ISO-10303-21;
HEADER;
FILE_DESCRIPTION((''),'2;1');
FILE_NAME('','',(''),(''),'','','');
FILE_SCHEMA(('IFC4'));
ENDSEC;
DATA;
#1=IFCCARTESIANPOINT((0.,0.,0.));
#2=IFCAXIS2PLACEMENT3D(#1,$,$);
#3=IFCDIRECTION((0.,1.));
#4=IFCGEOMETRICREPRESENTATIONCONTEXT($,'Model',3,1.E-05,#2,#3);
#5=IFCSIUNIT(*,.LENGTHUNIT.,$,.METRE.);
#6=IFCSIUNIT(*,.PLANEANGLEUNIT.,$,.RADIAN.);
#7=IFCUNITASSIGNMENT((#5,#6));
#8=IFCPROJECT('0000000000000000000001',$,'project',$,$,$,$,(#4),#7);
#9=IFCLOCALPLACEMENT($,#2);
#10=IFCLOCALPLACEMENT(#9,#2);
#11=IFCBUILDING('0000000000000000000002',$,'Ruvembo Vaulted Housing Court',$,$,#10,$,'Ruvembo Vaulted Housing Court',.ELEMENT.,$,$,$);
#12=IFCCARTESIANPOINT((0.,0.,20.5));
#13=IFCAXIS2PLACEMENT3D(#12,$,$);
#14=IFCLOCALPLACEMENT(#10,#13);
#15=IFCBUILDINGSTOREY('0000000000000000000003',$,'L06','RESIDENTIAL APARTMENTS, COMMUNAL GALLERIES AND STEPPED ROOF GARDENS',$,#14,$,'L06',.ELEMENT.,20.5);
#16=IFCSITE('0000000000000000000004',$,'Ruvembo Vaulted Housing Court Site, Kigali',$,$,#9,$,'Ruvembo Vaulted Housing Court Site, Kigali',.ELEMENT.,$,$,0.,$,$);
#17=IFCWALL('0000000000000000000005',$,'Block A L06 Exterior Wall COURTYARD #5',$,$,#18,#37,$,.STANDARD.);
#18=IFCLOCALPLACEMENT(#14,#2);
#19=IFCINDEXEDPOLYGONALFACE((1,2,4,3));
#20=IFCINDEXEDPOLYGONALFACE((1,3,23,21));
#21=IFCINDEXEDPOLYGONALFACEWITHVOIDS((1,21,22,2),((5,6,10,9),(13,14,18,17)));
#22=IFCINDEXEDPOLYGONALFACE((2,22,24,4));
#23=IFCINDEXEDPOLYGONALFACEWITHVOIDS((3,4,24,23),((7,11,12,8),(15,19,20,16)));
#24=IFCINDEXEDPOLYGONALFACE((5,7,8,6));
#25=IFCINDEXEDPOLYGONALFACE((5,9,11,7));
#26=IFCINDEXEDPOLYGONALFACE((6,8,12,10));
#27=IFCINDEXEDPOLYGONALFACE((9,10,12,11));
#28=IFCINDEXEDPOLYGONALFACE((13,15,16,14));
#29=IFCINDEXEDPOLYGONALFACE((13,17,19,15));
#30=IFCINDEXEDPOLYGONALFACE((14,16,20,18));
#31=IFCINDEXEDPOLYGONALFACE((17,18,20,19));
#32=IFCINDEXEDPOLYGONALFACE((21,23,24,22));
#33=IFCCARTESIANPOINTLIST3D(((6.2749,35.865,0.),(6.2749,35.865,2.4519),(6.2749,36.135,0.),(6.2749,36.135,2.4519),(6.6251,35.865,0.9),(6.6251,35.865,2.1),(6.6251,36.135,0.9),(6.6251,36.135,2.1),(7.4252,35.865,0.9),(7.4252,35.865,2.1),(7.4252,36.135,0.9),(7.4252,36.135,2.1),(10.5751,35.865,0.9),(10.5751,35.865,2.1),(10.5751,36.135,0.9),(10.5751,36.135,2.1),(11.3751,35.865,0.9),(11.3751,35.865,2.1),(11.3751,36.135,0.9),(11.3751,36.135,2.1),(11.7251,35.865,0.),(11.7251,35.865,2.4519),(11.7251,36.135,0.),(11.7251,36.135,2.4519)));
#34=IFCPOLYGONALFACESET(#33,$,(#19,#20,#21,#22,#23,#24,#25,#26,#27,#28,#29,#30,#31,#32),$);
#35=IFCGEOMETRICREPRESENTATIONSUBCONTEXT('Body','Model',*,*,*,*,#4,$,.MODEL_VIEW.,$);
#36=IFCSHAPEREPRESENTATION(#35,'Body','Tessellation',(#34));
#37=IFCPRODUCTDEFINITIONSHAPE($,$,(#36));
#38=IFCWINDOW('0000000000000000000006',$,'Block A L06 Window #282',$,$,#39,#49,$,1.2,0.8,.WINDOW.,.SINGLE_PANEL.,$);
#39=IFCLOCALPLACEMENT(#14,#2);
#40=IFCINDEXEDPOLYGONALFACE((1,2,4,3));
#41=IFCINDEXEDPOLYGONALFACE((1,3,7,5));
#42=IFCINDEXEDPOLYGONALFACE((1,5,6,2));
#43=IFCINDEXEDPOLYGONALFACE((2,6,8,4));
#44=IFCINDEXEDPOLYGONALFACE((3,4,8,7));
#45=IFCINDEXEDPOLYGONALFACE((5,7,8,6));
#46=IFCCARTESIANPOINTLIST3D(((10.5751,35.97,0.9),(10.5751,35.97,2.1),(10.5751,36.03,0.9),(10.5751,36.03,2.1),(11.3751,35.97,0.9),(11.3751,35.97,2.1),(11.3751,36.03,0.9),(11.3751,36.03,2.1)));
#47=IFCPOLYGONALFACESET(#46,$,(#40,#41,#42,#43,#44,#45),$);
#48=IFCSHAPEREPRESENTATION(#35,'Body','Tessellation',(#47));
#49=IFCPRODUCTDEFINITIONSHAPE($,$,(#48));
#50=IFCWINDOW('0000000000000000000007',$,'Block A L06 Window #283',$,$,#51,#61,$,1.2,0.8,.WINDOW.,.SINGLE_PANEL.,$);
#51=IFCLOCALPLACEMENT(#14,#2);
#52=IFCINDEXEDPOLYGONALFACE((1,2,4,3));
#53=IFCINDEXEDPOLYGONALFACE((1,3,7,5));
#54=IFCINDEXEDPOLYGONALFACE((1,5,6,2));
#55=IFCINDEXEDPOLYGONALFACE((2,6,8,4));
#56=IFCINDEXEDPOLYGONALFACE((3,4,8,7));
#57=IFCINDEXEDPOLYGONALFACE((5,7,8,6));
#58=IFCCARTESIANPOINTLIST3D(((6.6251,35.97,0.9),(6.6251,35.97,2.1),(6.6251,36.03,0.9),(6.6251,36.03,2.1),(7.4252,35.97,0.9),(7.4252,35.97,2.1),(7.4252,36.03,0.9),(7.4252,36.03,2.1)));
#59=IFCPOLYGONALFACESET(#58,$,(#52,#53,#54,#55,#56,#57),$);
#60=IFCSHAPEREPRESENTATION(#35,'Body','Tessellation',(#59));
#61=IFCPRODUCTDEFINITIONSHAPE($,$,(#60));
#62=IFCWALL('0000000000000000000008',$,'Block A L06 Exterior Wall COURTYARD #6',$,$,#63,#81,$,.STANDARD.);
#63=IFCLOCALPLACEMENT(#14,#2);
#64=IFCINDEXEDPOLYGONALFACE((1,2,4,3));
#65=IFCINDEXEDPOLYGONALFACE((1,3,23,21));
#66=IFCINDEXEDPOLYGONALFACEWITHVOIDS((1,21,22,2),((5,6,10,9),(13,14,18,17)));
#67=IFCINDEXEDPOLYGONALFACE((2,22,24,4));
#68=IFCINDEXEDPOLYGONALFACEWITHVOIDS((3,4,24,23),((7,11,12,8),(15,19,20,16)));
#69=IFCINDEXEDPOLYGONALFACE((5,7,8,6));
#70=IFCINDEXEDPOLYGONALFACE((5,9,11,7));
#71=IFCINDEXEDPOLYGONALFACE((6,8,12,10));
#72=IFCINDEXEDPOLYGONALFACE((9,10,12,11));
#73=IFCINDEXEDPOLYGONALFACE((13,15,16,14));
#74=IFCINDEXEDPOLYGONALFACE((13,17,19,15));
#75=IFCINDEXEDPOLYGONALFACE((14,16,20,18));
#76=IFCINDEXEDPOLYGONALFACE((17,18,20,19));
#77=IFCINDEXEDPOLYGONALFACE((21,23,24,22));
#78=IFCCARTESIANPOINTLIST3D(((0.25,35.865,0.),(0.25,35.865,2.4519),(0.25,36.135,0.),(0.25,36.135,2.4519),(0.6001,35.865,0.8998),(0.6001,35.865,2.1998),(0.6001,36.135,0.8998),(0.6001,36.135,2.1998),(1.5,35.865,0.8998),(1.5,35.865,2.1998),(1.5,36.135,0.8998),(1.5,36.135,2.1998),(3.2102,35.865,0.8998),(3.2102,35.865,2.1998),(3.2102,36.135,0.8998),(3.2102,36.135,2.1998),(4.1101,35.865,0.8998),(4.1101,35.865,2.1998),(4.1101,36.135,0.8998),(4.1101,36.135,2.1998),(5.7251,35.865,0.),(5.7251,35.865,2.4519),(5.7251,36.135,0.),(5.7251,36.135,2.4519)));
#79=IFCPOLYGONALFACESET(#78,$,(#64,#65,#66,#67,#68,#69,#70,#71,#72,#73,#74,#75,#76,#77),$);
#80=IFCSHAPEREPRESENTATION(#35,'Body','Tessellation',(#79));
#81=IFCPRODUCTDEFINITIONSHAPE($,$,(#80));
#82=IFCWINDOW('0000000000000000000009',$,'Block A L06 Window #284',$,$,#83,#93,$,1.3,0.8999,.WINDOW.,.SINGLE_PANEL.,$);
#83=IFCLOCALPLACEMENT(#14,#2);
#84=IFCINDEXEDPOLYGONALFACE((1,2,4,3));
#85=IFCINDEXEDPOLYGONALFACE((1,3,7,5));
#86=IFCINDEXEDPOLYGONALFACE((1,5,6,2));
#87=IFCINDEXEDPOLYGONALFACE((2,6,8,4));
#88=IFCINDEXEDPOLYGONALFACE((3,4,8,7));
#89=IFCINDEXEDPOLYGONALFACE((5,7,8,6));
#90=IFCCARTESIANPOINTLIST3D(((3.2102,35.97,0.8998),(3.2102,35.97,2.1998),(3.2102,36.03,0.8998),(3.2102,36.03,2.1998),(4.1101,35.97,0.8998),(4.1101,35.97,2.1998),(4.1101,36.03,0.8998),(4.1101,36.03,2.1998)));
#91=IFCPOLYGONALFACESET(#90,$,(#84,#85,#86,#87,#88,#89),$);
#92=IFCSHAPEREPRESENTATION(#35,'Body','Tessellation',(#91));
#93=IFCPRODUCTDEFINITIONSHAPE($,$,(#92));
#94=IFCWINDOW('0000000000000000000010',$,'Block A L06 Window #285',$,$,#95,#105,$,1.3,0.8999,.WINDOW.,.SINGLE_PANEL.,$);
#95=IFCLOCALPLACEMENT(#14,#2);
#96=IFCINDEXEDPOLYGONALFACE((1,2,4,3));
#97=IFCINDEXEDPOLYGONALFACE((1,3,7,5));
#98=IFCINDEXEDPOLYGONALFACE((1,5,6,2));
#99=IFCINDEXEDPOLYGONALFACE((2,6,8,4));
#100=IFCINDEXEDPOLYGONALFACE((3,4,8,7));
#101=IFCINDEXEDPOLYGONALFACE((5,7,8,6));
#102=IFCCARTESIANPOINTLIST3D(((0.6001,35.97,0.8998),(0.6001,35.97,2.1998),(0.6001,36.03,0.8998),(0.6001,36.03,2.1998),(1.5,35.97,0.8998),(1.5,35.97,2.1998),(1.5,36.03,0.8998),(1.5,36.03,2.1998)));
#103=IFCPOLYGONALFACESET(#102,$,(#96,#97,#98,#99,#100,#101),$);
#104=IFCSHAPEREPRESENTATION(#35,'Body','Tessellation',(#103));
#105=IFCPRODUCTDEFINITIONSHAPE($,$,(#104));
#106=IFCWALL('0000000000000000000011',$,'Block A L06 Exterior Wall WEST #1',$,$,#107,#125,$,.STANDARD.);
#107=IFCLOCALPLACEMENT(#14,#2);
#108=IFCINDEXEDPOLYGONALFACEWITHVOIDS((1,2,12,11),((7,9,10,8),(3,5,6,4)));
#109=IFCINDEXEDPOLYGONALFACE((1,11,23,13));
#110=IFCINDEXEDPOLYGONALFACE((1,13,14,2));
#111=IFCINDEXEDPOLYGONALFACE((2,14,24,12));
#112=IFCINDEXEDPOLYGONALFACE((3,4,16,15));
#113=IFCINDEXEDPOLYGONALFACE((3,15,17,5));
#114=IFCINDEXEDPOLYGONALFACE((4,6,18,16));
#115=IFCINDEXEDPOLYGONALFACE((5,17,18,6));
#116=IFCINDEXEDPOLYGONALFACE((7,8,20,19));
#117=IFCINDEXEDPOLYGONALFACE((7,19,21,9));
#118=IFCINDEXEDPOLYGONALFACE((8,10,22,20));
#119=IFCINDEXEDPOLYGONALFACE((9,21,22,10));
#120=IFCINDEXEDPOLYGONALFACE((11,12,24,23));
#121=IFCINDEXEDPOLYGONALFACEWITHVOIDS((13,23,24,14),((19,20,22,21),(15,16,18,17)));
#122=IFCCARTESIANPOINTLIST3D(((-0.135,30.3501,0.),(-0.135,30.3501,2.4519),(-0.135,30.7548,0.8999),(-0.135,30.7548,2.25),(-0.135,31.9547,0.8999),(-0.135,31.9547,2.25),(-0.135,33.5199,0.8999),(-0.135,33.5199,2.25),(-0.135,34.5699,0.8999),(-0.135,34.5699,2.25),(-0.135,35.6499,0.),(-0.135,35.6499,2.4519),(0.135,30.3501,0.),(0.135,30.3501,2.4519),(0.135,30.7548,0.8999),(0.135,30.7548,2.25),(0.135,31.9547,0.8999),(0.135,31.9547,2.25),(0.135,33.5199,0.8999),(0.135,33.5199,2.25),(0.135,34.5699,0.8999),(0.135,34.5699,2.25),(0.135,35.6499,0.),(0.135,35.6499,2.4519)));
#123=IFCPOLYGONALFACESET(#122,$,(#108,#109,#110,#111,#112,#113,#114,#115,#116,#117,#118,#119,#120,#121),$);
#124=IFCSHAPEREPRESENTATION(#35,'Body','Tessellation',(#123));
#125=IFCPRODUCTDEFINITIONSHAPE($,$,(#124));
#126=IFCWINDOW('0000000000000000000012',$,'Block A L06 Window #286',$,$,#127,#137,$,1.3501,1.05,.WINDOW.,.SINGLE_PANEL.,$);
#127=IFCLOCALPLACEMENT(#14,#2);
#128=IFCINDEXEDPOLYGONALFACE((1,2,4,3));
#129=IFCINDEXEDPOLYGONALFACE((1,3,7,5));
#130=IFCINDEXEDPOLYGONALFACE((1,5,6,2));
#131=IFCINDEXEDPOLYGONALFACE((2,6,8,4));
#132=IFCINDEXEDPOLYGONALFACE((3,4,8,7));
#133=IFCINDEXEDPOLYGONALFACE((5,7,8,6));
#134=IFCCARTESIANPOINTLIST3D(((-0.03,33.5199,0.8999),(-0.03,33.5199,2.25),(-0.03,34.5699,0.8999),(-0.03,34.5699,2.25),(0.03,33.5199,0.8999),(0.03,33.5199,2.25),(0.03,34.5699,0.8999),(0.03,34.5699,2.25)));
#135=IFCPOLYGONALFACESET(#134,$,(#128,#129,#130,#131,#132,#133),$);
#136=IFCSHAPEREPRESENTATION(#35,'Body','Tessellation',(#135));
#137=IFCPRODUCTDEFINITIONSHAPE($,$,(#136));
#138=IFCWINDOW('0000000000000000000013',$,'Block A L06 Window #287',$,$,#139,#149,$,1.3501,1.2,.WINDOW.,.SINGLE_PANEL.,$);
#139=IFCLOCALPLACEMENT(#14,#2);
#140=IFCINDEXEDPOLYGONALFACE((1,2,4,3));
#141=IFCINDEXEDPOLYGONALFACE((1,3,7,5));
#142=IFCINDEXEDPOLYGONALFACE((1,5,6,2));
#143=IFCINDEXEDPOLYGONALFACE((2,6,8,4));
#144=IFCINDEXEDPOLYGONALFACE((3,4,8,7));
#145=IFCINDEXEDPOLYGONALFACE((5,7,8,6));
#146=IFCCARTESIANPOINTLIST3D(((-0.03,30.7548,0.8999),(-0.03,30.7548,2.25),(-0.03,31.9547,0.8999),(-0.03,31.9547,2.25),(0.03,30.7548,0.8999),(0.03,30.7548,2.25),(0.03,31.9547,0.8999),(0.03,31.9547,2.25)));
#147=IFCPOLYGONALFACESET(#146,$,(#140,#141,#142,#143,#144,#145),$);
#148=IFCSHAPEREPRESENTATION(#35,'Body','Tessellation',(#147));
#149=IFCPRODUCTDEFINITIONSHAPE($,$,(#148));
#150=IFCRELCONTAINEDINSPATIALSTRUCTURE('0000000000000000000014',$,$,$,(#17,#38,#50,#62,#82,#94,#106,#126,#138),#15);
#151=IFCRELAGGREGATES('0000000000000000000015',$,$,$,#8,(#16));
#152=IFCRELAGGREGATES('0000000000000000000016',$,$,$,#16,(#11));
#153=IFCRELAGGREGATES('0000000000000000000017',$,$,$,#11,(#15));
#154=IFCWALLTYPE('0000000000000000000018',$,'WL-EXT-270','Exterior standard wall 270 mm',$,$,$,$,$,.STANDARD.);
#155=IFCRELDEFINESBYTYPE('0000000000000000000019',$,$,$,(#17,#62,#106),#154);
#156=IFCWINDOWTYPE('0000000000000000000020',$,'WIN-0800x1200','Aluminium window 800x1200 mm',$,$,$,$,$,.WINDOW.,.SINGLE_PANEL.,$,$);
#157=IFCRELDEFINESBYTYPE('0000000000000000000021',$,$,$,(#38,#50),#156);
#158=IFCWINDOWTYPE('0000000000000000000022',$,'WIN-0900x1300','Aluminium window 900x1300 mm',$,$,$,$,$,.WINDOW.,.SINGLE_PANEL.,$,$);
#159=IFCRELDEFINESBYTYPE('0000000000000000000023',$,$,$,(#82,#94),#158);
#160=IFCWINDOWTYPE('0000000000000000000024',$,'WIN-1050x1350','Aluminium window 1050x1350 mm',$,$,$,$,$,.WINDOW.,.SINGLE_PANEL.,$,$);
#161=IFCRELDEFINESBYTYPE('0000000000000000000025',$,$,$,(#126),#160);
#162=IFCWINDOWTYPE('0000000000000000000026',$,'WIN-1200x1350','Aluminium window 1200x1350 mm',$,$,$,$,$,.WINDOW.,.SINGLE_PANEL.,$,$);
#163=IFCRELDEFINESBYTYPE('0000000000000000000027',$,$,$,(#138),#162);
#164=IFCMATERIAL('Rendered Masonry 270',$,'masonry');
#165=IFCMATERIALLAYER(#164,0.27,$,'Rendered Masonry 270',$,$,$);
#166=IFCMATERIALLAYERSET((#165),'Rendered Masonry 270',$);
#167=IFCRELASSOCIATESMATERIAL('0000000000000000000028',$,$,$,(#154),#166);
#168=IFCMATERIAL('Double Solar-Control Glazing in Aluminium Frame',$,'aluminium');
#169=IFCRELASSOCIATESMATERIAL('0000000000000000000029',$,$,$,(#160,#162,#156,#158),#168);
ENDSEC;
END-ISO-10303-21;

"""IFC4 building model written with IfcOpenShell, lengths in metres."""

from ifc_helpers import new_model, si_unit, direction, frame, frame_2d, origin, place, context, subcontext, project, spatial, rectangle, extrude, material, layer, layer_set, type_object, element, fill, save


model = new_model("IFC4")

# Units and contexts
model_context = context("Model", 3, precision=1e-05, world=origin(), true_north=direction((0.0, 1.0)))
body_context = subcontext(model_context, "Body", "Model", "MODEL_VIEW")
ifc_project = project(units=[si_unit("LENGTHUNIT", "METRE"), si_unit("PLANEANGLEUNIT", "RADIAN")], contexts=[model_context])

# Site, building, storey
site_placement = place(None, origin())
site = spatial("IfcSite", under=ifc_project, at=site_placement, Name="Ruvembo Vaulted Housing Court Site, Kigali", LongName="Ruvembo Vaulted Housing Court Site, Kigali", CompositionType="ELEMENT", RefElevation=0.0)
building_placement = place(site_placement, origin())
building = spatial("IfcBuilding", under=site, at=building_placement, Name="Ruvembo Vaulted Housing Court", LongName="Ruvembo Vaulted Housing Court", CompositionType="ELEMENT")
storey_placement = place(building_placement, frame((0.0, 0.0, 20.5)))
storey = spatial("IfcBuildingStorey", under=building, at=storey_placement, Name="L06", Description="RESIDENTIAL APARTMENTS, COMMUNAL GALLERIES AND STEPPED ROOF GARDENS", LongName="L06", CompositionType="ELEMENT", Elevation=20.5)

# Walls, openings, windows
ifc_material_1 = material(Name="Rendered Masonry 270", Category="masonry")
ifc_layer_1 = layer(ifc_material_1, 0.27, Name="Rendered Masonry 270")
ifc_layer_set_1 = layer_set([ifc_layer_1], Name="Rendered Masonry 270")
wall_type_1 = type_object("IfcWallType", Name="WL-EXT-270", Description="Exterior standard wall 270 mm", PredefinedType="STANDARD", material=ifc_layer_set_1)
ifc_material_2 = material(Name="Double Solar-Control Glazing in Aluminium Frame", Category="aluminium")
window_type_1 = type_object("IfcWindowType", Name="WIN-1050x1350", Description="Aluminium window 1050x1350 mm", PartitioningType="SINGLE_PANEL", PredefinedType="WINDOW", material=ifc_material_2)
window_type_2 = type_object("IfcWindowType", Name="WIN-1200x1350", Description="Aluminium window 1200x1350 mm", PartitioningType="SINGLE_PANEL", PredefinedType="WINDOW", material=ifc_material_2)
wall_1_placement = place(storey_placement, frame((11.7251, 36.0, 0.0), z_axis=(0.0, 0.0, 1.0), x_axis=(-1.0, 0.0, 0.0)))
wall_1 = element("IfcWall", 1, at=wall_1_placement, inside=storey, type_object=wall_type_1, Name="Block A L06 Exterior Wall COURTYARD #5", PredefinedType="STANDARD", context=body_context, shape_type="SweptSolid", body=[
    extrude(rectangle(XDim=5.4502, YDim=0.27, at=frame_2d((2.7251, 0.0))), origin(), (0.0, 0.0, 1.0), 2.4519),
])
opening_1_placement = place(wall_1_placement, frame((0.3501, 0.0, 0.8999)))
opening_1 = element("IfcOpeningElement", 2, at=opening_1_placement, cuts=wall_1, PredefinedType="OPENING", context=body_context, shape_type="SweptSolid", body=[
    extrude(rectangle(XDim=0.8, YDim=1.2, at=frame_2d((0.3999, 0.6001))), frame((0.0, 0.145, 0.0), z_axis=(0.0, -1.0, 0.0), x_axis=(1.0, 0.0, 0.0)), (0.0, 0.0, 1.0), 0.29),
])
opening_2_placement = place(wall_1_placement, frame((4.3, 0.0, 0.8999)))
opening_2 = element("IfcOpeningElement", 3, at=opening_2_placement, cuts=wall_1, PredefinedType="OPENING", context=body_context, shape_type="SweptSolid", body=[
    extrude(rectangle(XDim=0.8, YDim=1.2, at=frame_2d((0.3999, 0.6001))), frame((0.0, 0.145, 0.0), z_axis=(0.0, -1.0, 0.0), x_axis=(1.0, 0.0, 0.0)), (0.0, 0.0, 1.0), 0.29),
])
window_type_3 = type_object("IfcWindowType", Name="WIN-0800x1200", Description="Aluminium window 800x1200 mm", PartitioningType="SINGLE_PANEL", PredefinedType="WINDOW", material=ifc_material_2)
window_1_placement = place(opening_1_placement, origin())
window_1 = element("IfcWindow", 4, at=window_1_placement, inside=storey, type_object=window_type_3, Name="Block A L06 Window #282", OverallHeight=1.2, OverallWidth=0.8, PartitioningType="SINGLE_PANEL", PredefinedType="WINDOW", context=body_context, shape_type="SweptSolid", body=[
    extrude(rectangle(XDim=0.8, YDim=1.2, at=frame_2d((0.3999, 0.6001))), frame((0.0, 0.03, 0.0), z_axis=(0.0, -1.0, 0.0), x_axis=(1.0, 0.0, 0.0)), (0.0, 0.0, 1.0), 0.0601),
])
fill(opening_1, window_1)
window_2_placement = place(opening_2_placement, origin())
window_2 = element("IfcWindow", 5, at=window_2_placement, inside=storey, type_object=window_type_3, Name="Block A L06 Window #283", OverallHeight=1.2, OverallWidth=0.8, PartitioningType="SINGLE_PANEL", PredefinedType="WINDOW", context=body_context, shape_type="SweptSolid", body=[
    extrude(rectangle(XDim=0.8, YDim=1.2, at=frame_2d((0.3999, 0.6001))), frame((0.0, 0.03, 0.0), z_axis=(0.0, -1.0, 0.0), x_axis=(1.0, 0.0, 0.0)), (0.0, 0.0, 1.0), 0.0601),
])
fill(opening_2, window_2)
wall_2_placement = place(storey_placement, frame((5.7251, 36.0, 0.0), z_axis=(0.0, 0.0, 1.0), x_axis=(-1.0, 0.0, 0.0)))
wall_2 = element("IfcWall", 6, at=wall_2_placement, inside=storey, type_object=wall_type_1, Name="Block A L06 Exterior Wall COURTYARD #6", PredefinedType="STANDARD", context=body_context, shape_type="SweptSolid", body=[
    extrude(rectangle(XDim=5.4751, YDim=0.27, at=frame_2d((2.7375, 0.0))), origin(), (0.0, 0.0, 1.0), 2.4519),
])
opening_3_placement = place(wall_2_placement, frame((1.615, 0.0, 0.8999)))
opening_3 = element("IfcOpeningElement", 7, at=opening_3_placement, cuts=wall_2, PredefinedType="OPENING", context=body_context, shape_type="SweptSolid", body=[
    extrude(rectangle(XDim=0.8999, YDim=1.3, at=frame_2d((0.45, 0.6499))), frame((0.0, 0.145, 0.0), z_axis=(0.0, -1.0, 0.0), x_axis=(1.0, 0.0, 0.0)), (0.0, 0.0, 1.0), 0.29),
])
opening_4_placement = place(wall_2_placement, frame((4.2251, 0.0, 0.8999)))
opening_4 = element("IfcOpeningElement", 8, at=opening_4_placement, cuts=wall_2, PredefinedType="OPENING", context=body_context, shape_type="SweptSolid", body=[
    extrude(rectangle(XDim=0.8999, YDim=1.3, at=frame_2d((0.45, 0.6499))), frame((0.0, 0.145, 0.0), z_axis=(0.0, -1.0, 0.0), x_axis=(1.0, 0.0, 0.0)), (0.0, 0.0, 1.0), 0.29),
])
window_type_4 = type_object("IfcWindowType", Name="WIN-0900x1300", Description="Aluminium window 900x1300 mm", PartitioningType="SINGLE_PANEL", PredefinedType="WINDOW", material=ifc_material_2)
window_3_placement = place(opening_3_placement, origin())
window_3 = element("IfcWindow", 9, at=window_3_placement, inside=storey, type_object=window_type_4, Name="Block A L06 Window #284", OverallHeight=1.3, OverallWidth=0.8999, PartitioningType="SINGLE_PANEL", PredefinedType="WINDOW", context=body_context, shape_type="SweptSolid", body=[
    extrude(rectangle(XDim=0.8999, YDim=1.3, at=frame_2d((0.45, 0.6499))), frame((0.0, 0.03, 0.0), z_axis=(0.0, -1.0, 0.0), x_axis=(1.0, 0.0, 0.0)), (0.0, 0.0, 1.0), 0.0601),
])
fill(opening_3, window_3)
window_4_placement = place(opening_4_placement, origin())
window_4 = element("IfcWindow", 10, at=window_4_placement, inside=storey, type_object=window_type_4, Name="Block A L06 Window #285", OverallHeight=1.3, OverallWidth=0.8999, PartitioningType="SINGLE_PANEL", PredefinedType="WINDOW", context=body_context, shape_type="SweptSolid", body=[
    extrude(rectangle(XDim=0.8999, YDim=1.3, at=frame_2d((0.45, 0.6499))), frame((0.0, 0.03, 0.0), z_axis=(0.0, -1.0, 0.0), x_axis=(1.0, 0.0, 0.0)), (0.0, 0.0, 1.0), 0.0601),
])
fill(opening_4, window_4)
wall_3_placement = place(storey_placement, frame((0.0, 35.6499, 0.0), z_axis=(0.0, 0.0, 1.0), x_axis=(0.0, -1.0, 0.0)))
wall_3 = element("IfcWall", 11, at=wall_3_placement, inside=storey, type_object=wall_type_1, Name="Block A L06 Exterior Wall WEST #1", PredefinedType="STANDARD", context=body_context, shape_type="SweptSolid", body=[
    extrude(rectangle(XDim=5.2998, YDim=0.27, at=frame_2d((2.6499, 0.0))), origin(), (0.0, 0.0, 1.0), 2.4519),
])
opening_5_placement = place(wall_3_placement, frame((1.0801, 0.0, 0.8999)))
opening_5 = element("IfcOpeningElement", 12, at=opening_5_placement, cuts=wall_3, PredefinedType="OPENING", context=body_context, shape_type="SweptSolid", body=[
    extrude(rectangle(XDim=1.05, YDim=1.3501, at=frame_2d((0.5249, 0.675))), frame((0.0, 0.145, 0.0), z_axis=(0.0, -1.0, 0.0), x_axis=(1.0, 0.0, 0.0)), (0.0, 0.0, 1.0), 0.29),
])
opening_6_placement = place(wall_3_placement, frame((3.6951, 0.0, 0.8999)))
opening_6 = element("IfcOpeningElement", 13, at=opening_6_placement, cuts=wall_3, PredefinedType="OPENING", context=body_context, shape_type="SweptSolid", body=[
    extrude(rectangle(XDim=1.2, YDim=1.3501, at=frame_2d((0.6001, 0.675))), frame((0.0, 0.145, 0.0), z_axis=(0.0, -1.0, 0.0), x_axis=(1.0, 0.0, 0.0)), (0.0, 0.0, 1.0), 0.29),
])
window_5_placement = place(opening_5_placement, origin())
window_5 = element("IfcWindow", 14, at=window_5_placement, inside=storey, type_object=window_type_1, Name="Block A L06 Window #286", OverallHeight=1.3501, OverallWidth=1.05, PartitioningType="SINGLE_PANEL", PredefinedType="WINDOW", context=body_context, shape_type="SweptSolid", body=[
    extrude(rectangle(XDim=1.05, YDim=1.3501, at=frame_2d((0.5249, 0.675))), frame((0.0, 0.03, 0.0), z_axis=(0.0, -1.0, 0.0), x_axis=(1.0, 0.0, 0.0)), (0.0, 0.0, 1.0), 0.0601),
])
fill(opening_5, window_5)
window_6_placement = place(opening_6_placement, origin())
window_6 = element("IfcWindow", 15, at=window_6_placement, inside=storey, type_object=window_type_2, Name="Block A L06 Window #287", OverallHeight=1.3501, OverallWidth=1.2, PartitioningType="SINGLE_PANEL", PredefinedType="WINDOW", context=body_context, shape_type="SweptSolid", body=[
    extrude(rectangle(XDim=1.2, YDim=1.3501, at=frame_2d((0.6001, 0.675))), frame((0.0, 0.03, 0.0), z_axis=(0.0, -1.0, 0.0), x_axis=(1.0, 0.0, 0.0)), (0.0, 0.0, 1.0), 0.0601),
])
fill(opening_6, window_6)

save(model, "model.ifc")
